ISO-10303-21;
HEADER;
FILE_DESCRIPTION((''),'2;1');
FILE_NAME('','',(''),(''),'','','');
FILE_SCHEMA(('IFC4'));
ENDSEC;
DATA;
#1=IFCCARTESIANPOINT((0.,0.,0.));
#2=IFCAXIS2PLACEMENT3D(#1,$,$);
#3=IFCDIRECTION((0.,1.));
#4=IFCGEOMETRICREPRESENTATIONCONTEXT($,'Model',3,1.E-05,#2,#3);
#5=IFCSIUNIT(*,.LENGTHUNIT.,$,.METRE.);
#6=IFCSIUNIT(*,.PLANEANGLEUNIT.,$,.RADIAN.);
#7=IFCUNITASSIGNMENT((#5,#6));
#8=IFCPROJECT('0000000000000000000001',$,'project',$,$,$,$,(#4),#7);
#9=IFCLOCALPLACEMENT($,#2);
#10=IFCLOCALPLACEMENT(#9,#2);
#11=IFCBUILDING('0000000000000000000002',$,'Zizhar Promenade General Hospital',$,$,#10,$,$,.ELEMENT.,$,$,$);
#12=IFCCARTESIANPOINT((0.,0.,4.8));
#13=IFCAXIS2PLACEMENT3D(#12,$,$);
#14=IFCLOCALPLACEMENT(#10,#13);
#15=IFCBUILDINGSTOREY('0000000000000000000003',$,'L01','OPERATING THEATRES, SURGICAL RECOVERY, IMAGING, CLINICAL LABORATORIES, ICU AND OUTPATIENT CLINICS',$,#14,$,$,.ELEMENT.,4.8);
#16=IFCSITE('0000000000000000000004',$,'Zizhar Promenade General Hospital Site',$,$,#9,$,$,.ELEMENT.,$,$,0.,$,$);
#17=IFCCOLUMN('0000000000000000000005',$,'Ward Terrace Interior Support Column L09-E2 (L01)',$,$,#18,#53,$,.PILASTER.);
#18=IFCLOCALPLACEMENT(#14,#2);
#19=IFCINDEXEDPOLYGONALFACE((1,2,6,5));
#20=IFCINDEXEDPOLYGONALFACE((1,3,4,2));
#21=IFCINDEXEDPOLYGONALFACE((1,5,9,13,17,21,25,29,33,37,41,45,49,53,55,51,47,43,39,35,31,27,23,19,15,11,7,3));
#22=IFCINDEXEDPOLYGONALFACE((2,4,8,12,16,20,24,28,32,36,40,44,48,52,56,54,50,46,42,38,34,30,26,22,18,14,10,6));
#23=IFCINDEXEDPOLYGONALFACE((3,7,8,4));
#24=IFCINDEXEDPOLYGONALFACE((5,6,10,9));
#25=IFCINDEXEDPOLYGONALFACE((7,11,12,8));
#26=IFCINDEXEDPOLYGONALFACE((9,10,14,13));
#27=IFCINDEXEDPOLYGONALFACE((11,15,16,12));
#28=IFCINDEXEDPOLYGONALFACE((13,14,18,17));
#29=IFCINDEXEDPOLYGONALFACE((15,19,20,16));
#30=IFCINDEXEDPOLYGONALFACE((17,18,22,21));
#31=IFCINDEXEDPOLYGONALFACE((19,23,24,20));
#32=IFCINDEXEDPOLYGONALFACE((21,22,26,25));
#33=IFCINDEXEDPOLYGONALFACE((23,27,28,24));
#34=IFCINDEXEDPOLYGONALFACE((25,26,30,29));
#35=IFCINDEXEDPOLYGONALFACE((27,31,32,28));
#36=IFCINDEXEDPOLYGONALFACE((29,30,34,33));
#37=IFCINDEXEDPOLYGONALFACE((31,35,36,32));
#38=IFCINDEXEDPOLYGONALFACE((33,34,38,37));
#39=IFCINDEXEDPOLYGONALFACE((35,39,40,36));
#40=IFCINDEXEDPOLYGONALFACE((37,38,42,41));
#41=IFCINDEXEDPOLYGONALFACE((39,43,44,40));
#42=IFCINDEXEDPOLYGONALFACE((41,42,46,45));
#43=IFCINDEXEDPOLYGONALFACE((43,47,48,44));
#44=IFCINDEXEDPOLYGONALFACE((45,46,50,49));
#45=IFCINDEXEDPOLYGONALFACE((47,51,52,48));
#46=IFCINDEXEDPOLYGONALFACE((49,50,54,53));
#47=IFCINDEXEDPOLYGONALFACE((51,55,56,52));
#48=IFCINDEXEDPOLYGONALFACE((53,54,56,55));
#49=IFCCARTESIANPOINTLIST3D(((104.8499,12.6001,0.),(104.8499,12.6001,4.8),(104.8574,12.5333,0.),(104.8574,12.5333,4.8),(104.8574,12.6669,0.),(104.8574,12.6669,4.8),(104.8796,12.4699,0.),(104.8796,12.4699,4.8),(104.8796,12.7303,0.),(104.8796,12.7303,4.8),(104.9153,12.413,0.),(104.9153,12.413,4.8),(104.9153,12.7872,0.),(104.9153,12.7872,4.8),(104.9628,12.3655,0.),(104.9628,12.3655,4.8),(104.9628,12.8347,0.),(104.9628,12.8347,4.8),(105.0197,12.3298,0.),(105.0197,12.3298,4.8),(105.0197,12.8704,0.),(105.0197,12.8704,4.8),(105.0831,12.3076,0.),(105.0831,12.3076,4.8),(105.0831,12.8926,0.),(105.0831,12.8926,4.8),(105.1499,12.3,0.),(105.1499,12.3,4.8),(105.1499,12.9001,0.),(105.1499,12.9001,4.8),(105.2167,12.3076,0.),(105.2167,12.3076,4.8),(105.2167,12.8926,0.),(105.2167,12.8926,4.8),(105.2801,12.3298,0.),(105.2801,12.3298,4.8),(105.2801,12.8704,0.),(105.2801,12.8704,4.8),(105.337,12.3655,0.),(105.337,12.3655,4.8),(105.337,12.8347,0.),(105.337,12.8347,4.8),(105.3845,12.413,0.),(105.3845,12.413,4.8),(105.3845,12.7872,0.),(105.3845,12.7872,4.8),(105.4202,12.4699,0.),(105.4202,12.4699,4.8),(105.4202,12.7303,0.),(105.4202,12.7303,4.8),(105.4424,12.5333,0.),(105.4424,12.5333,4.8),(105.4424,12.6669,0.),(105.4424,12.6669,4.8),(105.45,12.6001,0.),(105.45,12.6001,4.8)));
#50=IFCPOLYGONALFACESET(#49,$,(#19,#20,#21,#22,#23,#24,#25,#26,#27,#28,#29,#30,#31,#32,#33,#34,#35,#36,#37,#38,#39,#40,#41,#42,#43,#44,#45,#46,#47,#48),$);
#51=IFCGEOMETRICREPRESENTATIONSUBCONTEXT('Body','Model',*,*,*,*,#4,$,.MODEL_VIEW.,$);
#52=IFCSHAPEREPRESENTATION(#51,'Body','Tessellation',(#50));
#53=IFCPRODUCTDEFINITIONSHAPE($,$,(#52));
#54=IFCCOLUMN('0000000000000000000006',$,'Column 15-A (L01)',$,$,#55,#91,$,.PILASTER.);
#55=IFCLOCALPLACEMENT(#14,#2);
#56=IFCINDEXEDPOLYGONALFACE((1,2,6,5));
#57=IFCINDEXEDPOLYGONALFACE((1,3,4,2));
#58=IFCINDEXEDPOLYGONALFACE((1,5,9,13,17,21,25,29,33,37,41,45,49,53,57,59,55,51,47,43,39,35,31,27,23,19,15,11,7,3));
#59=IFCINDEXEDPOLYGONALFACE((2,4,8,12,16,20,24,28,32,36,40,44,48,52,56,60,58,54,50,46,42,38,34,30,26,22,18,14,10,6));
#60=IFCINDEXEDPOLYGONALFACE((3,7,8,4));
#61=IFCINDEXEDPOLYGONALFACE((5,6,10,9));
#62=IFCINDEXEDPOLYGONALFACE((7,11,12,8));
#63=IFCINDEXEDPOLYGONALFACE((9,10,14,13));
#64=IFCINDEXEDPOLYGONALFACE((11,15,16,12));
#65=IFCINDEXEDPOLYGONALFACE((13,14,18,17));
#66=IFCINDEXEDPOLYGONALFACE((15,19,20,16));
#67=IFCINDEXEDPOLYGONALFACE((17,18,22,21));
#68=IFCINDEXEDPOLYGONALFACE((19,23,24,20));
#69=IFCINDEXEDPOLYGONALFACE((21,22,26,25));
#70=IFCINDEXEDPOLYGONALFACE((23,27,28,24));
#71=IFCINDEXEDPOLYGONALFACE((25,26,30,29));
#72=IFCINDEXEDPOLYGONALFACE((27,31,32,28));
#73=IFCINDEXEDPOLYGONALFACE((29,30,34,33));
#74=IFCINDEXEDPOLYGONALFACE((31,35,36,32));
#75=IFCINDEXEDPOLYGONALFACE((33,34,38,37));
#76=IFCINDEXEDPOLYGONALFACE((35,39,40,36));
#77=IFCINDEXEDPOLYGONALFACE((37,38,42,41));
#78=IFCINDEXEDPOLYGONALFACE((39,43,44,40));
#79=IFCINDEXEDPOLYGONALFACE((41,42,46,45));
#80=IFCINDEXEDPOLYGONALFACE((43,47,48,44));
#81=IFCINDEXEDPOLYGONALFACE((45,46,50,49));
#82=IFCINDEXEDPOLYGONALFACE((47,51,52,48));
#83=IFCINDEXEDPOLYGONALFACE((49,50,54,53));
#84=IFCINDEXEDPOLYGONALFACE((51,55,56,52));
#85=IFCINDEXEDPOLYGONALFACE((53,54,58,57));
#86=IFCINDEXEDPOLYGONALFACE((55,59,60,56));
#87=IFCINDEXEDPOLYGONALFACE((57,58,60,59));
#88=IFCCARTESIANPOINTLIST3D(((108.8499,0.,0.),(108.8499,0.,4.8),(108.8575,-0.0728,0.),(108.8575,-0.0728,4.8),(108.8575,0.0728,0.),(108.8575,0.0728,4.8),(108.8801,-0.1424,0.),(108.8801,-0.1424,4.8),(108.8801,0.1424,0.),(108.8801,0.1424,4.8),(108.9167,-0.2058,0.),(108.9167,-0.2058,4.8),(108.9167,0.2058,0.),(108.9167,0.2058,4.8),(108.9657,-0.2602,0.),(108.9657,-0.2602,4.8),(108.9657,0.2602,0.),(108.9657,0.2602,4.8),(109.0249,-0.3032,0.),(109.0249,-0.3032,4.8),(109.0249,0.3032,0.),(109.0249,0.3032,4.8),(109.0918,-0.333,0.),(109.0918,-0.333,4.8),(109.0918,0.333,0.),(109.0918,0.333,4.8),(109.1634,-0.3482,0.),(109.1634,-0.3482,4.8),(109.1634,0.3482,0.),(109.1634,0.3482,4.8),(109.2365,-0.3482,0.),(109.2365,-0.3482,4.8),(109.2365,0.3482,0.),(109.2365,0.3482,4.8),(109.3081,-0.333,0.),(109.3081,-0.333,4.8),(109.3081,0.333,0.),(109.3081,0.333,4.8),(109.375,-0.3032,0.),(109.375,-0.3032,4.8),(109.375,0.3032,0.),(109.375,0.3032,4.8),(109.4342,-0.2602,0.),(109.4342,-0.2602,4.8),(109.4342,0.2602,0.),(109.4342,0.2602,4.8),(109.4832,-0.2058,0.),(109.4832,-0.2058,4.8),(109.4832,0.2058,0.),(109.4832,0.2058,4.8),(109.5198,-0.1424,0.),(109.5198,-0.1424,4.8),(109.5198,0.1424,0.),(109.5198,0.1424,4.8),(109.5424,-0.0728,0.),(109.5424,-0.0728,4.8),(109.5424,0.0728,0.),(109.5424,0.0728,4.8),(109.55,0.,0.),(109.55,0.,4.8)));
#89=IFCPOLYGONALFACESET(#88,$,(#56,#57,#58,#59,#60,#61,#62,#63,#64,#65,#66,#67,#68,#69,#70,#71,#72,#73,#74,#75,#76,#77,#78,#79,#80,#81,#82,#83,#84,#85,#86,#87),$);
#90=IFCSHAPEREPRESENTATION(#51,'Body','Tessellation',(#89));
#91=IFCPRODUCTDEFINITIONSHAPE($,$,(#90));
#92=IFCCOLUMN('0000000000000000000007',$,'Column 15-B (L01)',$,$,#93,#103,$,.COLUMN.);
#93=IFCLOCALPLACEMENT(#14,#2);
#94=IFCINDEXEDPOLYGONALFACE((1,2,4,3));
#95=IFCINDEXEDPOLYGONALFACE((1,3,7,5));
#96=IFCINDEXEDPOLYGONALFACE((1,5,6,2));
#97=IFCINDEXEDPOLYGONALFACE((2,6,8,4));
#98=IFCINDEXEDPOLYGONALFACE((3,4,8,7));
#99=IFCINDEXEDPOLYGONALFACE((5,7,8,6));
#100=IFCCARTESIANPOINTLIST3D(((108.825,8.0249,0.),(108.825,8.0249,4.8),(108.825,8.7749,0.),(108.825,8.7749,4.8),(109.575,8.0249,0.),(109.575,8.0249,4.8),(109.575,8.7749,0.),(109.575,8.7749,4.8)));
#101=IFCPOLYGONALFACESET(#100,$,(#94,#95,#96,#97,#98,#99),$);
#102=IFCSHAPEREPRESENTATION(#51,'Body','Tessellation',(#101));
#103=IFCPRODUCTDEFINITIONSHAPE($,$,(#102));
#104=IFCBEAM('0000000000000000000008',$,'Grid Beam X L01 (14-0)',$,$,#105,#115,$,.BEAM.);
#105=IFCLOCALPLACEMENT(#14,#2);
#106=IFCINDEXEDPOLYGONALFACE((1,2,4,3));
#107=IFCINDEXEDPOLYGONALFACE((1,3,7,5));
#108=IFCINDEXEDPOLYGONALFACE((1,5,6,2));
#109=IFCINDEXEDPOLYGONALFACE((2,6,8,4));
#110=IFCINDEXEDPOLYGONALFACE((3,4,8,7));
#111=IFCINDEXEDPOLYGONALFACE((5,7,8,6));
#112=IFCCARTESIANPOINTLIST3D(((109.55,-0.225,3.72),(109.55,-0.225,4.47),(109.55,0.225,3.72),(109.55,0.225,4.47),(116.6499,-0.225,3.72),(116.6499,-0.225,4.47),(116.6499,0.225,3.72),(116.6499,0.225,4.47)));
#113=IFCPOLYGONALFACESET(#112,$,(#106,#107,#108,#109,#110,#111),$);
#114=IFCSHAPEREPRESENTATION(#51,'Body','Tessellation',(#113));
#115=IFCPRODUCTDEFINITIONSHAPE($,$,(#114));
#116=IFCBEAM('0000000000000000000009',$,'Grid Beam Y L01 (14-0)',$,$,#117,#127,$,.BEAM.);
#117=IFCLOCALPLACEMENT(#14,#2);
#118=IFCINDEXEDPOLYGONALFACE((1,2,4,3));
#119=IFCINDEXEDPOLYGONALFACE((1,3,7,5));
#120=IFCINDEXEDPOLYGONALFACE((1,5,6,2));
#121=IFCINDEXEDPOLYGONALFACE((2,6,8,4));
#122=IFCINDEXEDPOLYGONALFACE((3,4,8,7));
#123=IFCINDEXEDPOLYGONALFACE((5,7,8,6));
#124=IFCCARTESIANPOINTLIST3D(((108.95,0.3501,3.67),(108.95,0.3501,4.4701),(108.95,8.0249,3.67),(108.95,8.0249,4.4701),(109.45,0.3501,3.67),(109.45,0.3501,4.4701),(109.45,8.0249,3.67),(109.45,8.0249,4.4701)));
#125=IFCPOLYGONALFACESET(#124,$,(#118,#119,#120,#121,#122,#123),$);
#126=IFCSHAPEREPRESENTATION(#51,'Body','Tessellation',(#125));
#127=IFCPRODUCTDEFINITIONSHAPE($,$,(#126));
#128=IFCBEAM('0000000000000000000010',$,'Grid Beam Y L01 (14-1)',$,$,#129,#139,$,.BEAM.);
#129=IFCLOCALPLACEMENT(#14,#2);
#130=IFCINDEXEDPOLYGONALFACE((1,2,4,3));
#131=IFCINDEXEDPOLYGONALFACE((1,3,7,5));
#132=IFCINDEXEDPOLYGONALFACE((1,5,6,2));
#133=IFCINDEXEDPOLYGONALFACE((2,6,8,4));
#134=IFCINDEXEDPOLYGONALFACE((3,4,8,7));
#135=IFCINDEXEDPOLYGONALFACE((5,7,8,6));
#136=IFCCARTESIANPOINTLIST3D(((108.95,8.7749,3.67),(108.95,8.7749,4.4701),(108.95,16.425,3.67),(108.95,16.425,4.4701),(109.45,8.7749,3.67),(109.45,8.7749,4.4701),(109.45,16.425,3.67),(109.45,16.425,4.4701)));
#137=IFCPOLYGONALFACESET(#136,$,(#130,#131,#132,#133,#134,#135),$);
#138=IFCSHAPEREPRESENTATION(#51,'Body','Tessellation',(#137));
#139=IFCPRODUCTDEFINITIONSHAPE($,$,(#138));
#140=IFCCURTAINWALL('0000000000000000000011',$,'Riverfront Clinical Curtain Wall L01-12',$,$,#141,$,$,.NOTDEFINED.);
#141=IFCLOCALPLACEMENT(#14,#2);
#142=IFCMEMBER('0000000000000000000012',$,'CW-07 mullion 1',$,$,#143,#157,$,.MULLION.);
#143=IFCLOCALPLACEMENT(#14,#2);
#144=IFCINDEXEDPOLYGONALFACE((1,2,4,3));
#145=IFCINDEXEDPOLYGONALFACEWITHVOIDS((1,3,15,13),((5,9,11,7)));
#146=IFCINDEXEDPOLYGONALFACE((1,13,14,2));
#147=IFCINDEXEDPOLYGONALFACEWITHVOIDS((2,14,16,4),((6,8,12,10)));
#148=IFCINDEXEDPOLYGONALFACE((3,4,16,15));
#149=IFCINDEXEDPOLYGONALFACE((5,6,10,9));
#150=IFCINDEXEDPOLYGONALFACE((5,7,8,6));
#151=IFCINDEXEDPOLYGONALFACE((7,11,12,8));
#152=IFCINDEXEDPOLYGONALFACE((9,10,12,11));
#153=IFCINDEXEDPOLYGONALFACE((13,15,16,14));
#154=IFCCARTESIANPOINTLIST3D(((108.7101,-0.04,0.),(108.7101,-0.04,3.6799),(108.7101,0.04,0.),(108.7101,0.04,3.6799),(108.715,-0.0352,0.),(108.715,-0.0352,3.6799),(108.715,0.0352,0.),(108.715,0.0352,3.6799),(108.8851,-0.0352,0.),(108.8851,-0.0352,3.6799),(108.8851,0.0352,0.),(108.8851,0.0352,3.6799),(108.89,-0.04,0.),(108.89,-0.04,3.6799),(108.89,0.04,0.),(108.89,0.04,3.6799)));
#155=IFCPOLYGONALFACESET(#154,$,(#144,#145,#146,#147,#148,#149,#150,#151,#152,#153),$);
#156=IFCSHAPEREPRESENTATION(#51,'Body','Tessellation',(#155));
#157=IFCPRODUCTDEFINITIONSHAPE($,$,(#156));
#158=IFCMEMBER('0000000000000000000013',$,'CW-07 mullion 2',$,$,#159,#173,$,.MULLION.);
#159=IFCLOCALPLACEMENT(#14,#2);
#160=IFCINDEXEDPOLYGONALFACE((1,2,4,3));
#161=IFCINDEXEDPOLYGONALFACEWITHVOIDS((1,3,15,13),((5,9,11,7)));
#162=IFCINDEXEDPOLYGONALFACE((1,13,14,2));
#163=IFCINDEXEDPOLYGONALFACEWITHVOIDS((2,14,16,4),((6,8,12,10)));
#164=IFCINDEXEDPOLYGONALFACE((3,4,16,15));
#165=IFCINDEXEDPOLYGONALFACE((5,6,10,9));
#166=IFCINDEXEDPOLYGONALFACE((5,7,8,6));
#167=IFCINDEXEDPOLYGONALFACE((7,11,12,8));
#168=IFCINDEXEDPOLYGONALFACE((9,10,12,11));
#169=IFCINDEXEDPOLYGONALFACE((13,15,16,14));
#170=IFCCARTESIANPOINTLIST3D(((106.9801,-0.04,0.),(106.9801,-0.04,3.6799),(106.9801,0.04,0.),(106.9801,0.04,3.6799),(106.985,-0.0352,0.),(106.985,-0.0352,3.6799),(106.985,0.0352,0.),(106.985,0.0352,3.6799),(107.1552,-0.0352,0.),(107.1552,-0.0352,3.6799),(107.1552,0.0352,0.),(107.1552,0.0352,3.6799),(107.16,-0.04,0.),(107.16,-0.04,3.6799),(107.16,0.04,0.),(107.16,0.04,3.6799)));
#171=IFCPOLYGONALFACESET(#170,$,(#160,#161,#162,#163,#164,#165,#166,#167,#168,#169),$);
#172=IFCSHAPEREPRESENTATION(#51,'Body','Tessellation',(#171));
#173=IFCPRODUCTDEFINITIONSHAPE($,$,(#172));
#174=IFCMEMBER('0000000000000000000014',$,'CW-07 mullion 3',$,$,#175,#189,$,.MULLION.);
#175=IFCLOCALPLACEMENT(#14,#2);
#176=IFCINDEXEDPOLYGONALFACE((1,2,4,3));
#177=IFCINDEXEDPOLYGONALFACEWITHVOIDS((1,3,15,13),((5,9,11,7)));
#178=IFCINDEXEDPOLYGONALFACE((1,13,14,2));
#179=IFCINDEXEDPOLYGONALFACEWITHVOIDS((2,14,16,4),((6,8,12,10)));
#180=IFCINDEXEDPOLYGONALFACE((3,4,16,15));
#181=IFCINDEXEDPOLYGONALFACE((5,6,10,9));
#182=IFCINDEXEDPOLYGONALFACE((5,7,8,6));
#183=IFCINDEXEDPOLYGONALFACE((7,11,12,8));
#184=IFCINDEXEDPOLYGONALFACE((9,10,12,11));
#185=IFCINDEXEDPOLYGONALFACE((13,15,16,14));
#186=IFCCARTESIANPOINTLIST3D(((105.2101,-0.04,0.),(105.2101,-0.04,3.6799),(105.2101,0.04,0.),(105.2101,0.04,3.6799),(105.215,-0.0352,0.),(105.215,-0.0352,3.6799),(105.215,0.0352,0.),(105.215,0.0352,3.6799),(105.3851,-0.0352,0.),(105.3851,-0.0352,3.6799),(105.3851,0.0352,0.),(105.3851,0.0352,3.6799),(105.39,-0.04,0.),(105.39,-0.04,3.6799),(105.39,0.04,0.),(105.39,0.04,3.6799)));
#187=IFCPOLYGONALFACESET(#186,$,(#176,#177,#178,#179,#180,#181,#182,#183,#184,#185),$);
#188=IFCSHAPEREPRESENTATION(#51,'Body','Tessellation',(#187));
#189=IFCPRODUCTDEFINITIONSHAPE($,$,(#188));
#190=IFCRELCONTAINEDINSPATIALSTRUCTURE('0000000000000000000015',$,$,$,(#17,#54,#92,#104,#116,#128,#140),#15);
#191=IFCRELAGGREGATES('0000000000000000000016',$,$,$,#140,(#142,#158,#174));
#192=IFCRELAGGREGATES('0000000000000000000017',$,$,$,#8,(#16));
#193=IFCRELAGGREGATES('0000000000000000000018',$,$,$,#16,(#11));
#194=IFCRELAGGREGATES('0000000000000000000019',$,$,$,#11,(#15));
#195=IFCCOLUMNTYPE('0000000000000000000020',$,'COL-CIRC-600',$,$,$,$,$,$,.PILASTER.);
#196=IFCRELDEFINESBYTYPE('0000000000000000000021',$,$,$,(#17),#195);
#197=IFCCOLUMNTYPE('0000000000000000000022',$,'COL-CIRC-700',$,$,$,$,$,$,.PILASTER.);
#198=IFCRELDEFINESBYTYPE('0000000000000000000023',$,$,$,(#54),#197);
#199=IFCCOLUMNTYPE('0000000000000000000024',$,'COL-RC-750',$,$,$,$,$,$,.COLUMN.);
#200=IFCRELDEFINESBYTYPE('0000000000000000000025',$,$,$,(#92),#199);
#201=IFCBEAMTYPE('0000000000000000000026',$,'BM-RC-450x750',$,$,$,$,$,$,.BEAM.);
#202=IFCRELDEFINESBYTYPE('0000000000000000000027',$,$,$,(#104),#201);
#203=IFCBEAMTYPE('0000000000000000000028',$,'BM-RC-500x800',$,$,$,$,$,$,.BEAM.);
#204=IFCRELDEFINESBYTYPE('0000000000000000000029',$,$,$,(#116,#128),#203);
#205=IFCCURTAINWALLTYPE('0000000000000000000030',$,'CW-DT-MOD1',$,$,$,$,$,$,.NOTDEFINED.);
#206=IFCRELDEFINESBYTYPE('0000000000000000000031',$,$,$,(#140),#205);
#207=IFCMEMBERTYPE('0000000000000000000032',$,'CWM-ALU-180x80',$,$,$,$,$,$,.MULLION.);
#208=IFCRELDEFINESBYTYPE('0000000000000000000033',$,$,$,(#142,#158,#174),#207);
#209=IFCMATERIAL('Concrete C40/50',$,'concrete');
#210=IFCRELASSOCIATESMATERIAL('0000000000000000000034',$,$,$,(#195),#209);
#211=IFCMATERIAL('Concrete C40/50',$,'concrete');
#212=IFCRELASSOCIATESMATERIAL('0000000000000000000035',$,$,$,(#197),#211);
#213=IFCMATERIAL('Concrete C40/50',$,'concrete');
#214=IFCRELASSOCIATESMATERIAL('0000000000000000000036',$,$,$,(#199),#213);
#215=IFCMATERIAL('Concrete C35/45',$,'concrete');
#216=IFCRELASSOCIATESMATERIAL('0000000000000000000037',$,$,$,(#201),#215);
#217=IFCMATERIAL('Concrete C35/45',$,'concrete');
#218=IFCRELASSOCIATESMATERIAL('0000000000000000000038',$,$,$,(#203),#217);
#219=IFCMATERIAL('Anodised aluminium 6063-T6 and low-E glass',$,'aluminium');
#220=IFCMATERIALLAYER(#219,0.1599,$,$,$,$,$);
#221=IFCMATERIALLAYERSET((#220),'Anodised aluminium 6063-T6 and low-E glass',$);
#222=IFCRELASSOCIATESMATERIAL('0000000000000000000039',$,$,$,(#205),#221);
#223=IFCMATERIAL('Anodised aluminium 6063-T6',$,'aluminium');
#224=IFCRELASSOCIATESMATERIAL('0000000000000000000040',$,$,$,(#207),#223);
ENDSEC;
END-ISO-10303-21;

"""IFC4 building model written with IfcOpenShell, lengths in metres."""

from ifc_helpers import new_model, si_unit, direction, frame, origin, origin_2d, place, context, subcontext, project, spatial, rectangle, hollow_rectangle, circle, extrude, material, layer, layer_set, material_profile, profile_set, type_object, element, aggregate, save


model = new_model("IFC4")

# Units and contexts
model_context = context("Model", 3, precision=1e-05, world=origin(), true_north=direction((0.0, 1.0)))
body_context = subcontext(model_context, "Body", "Model", "MODEL_VIEW")
ifc_project = project(units=[si_unit("LENGTHUNIT", "METRE"), si_unit("PLANEANGLEUNIT", "RADIAN")], contexts=[model_context])

# Site, building, storey
site_placement = place(None, origin())
site = spatial("IfcSite", under=ifc_project, at=site_placement, Name="Zizhar Promenade General Hospital Site", CompositionType="ELEMENT", RefElevation=0.0)
building_placement = place(site_placement, origin())
building = spatial("IfcBuilding", under=site, at=building_placement, Name="Zizhar Promenade General Hospital", CompositionType="ELEMENT")
storey_placement = place(building_placement, frame((0.0, 0.0, 4.8)))
storey = spatial("IfcBuildingStorey", under=building, at=storey_placement, Name="L01", Description="OPERATING THEATRES, SURGICAL RECOVERY, IMAGING, CLINICAL LABORATORIES, ICU AND OUTPATIENT CLINICS", CompositionType="ELEMENT", Elevation=4.8)

# Columns
ifc_material_1 = material(Name="Concrete C40/50", Category="concrete")
ifc_material_profile_1 = material_profile(ifc_material_1, circle(Radius=0.3, at=origin_2d()))
ifc_profile_set_1 = profile_set([ifc_material_profile_1], Name="Concrete C40/50")
column_type_1 = type_object("IfcColumnType", Name="COL-CIRC-600", PredefinedType="PILASTER", material=ifc_profile_set_1)
column_1_placement = place(storey_placement, frame((105.1499, 12.6001, 0.0), z_axis=(0.0, 0.0, 1.0), x_axis=(1.0, 0.0, 0.0)))
element("IfcColumn", 1, at=column_1_placement, inside=storey, type_object=column_type_1, Name="Ward Terrace Interior Support Column L09-E2 (L01)", PredefinedType="PILASTER", context=body_context, shape_type="SweptSolid", body=[
    extrude(circle(Radius=0.3, at=origin_2d()), origin(), (0.0, 0.0, 1.0), 4.8),
])
ifc_material_2 = material(Name="Concrete C40/50", Category="concrete")
ifc_material_profile_2 = material_profile(ifc_material_2, circle(Radius=0.3501, at=origin_2d()))
ifc_profile_set_2 = profile_set([ifc_material_profile_2], Name="Concrete C40/50")
column_type_2 = type_object("IfcColumnType", Name="COL-CIRC-700", PredefinedType="PILASTER", material=ifc_profile_set_2)
column_2_placement = place(storey_placement, frame((109.2, 0.0, 0.0), z_axis=(0.0, 0.0, 1.0), x_axis=(1.0, 0.0, 0.0)))
element("IfcColumn", 2, at=column_2_placement, inside=storey, type_object=column_type_2, Name="Column 15-A (L01)", PredefinedType="PILASTER", context=body_context, shape_type="SweptSolid", body=[
    extrude(circle(Radius=0.3501, at=origin_2d()), origin(), (0.0, 0.0, 1.0), 4.8),
])
ifc_material_3 = material(Name="Concrete C40/50", Category="concrete")
ifc_material_profile_3 = material_profile(ifc_material_3, rectangle(XDim=0.75, YDim=0.75, at=origin_2d()))
ifc_profile_set_3 = profile_set([ifc_material_profile_3], Name="Concrete C40/50")
column_type_3 = type_object("IfcColumnType", Name="COL-RC-750", PredefinedType="COLUMN", material=ifc_profile_set_3)
column_3_placement = place(storey_placement, frame((109.2, 8.3999, 0.0), z_axis=(0.0, 0.0, 1.0), x_axis=(1.0, 0.0, 0.0)))
element("IfcColumn", 3, at=column_3_placement, inside=storey, type_object=column_type_3, Name="Column 15-B (L01)", PredefinedType="COLUMN", context=body_context, shape_type="SweptSolid", body=[
    extrude(rectangle(XDim=0.75, YDim=0.75, at=origin_2d()), origin(), (0.0, 0.0, 1.0), 4.8),
])

# Beams
ifc_material_4 = material(Name="Concrete C35/45", Category="concrete")
ifc_material_profile_4 = material_profile(ifc_material_4, rectangle(XDim=0.45, YDim=0.75, at=origin_2d()))
ifc_profile_set_4 = profile_set([ifc_material_profile_4], Name="Concrete C35/45")
beam_type_1 = type_object("IfcBeamType", Name="BM-RC-450x750", PredefinedType="BEAM", material=ifc_profile_set_4)
beam_1_placement = place(storey_placement, frame((109.55, 0.0, 4.095), z_axis=(1.0, 0.0, 0.0), x_axis=(0.0, 1.0, 0.0)))
element("IfcBeam", 4, at=beam_1_placement, inside=storey, type_object=beam_type_1, Name="Grid Beam X L01 (14-0)", PredefinedType="BEAM", context=body_context, shape_type="SweptSolid", body=[
    extrude(rectangle(XDim=0.45, YDim=0.75, at=origin_2d()), origin(), (0.0, 0.0, 1.0), 7.0999),
])
ifc_material_5 = material(Name="Concrete C35/45", Category="concrete")
ifc_material_profile_5 = material_profile(ifc_material_5, rectangle(XDim=0.5, YDim=0.8, at=origin_2d()))
ifc_profile_set_5 = profile_set([ifc_material_profile_5], Name="Concrete C35/45")
beam_type_2 = type_object("IfcBeamType", Name="BM-RC-500x800", PredefinedType="BEAM", material=ifc_profile_set_5)
beam_2_placement = place(storey_placement, frame((109.2, 0.3501, 4.0701), z_axis=(0.0, 1.0, 0.0), x_axis=(-1.0, 0.0, 0.0)))
element("IfcBeam", 5, at=beam_2_placement, inside=storey, type_object=beam_type_2, Name="Grid Beam Y L01 (14-0)", PredefinedType="BEAM", context=body_context, shape_type="SweptSolid", body=[
    extrude(rectangle(XDim=0.5, YDim=0.8, at=origin_2d()), origin(), (0.0, 0.0, 1.0), 7.6748),
])
beam_3_placement = place(storey_placement, frame((109.2, 8.7749, 4.0701), z_axis=(0.0, 1.0, 0.0), x_axis=(-1.0, 0.0, 0.0)))
element("IfcBeam", 6, at=beam_3_placement, inside=storey, type_object=beam_type_2, Name="Grid Beam Y L01 (14-1)", PredefinedType="BEAM", context=body_context, shape_type="SweptSolid", body=[
    extrude(rectangle(XDim=0.5, YDim=0.8, at=origin_2d()), origin(), (0.0, 0.0, 1.0), 7.6501),
])

# Curtain wall, members
ifc_material_6 = material(Name="Anodised aluminium 6063-T6 and low-E glass", Category="aluminium")
ifc_layer_1 = layer(ifc_material_6, 0.1599)
ifc_layer_set_1 = layer_set([ifc_layer_1], Name="Anodised aluminium 6063-T6 and low-E glass")
curtain_wall_type = type_object("IfcCurtainWallType", Name="CW-DT-MOD1", PredefinedType="NOTDEFINED", material=ifc_layer_set_1)
curtain_wall_placement = place(storey_placement, origin())
curtain_wall = element("IfcCurtainWall", 7, at=curtain_wall_placement, inside=storey, type_object=curtain_wall_type, Name="Riverfront Clinical Curtain Wall L01-12", PredefinedType="NOTDEFINED")
ifc_material_7 = material(Name="Anodised aluminium 6063-T6", Category="aluminium")
ifc_material_profile_6 = material_profile(ifc_material_7, hollow_rectangle(XDim=0.0801, YDim=0.1799, WallThickness=0.0049, at=origin_2d()))
ifc_profile_set_6 = profile_set([ifc_material_profile_6], Name="Anodised aluminium 6063-T6")
member_type_1 = type_object("IfcMemberType", Name="CWM-ALU-180x80", PredefinedType="MULLION", material=ifc_profile_set_6)
member_1_placement = place(storey_placement, frame((108.8, 0.0, 0.0), z_axis=(0.0, 0.0, 1.0), x_axis=(0.0, -1.0, 0.0)))
member_1 = element("IfcMember", 8, at=member_1_placement, type_object=member_type_1, Name="CW-07 mullion 1", PredefinedType="MULLION", context=body_context, shape_type="SweptSolid", body=[
    extrude(hollow_rectangle(XDim=0.0801, YDim=0.1799, WallThickness=0.0049, at=origin_2d()), origin(), (0.0, 0.0, 1.0), 3.6799),
])
member_2_placement = place(storey_placement, frame((107.0701, 0.0, 0.0), z_axis=(0.0, 0.0, 1.0), x_axis=(0.0, -1.0, 0.0)))
member_2 = element("IfcMember", 9, at=member_2_placement, type_object=member_type_1, Name="CW-07 mullion 2", PredefinedType="MULLION", context=body_context, shape_type="SweptSolid", body=[
    extrude(hollow_rectangle(XDim=0.0801, YDim=0.1799, WallThickness=0.0049, at=origin_2d()), origin(), (0.0, 0.0, 1.0), 3.6799),
])
member_3_placement = place(storey_placement, frame((105.3, 0.0, 0.0), z_axis=(0.0, 0.0, 1.0), x_axis=(0.0, -1.0, 0.0)))
member_3 = element("IfcMember", 10, at=member_3_placement, type_object=member_type_1, Name="CW-07 mullion 3", PredefinedType="MULLION", context=body_context, shape_type="SweptSolid", body=[
    extrude(hollow_rectangle(XDim=0.0801, YDim=0.1799, WallThickness=0.0049, at=origin_2d()), origin(), (0.0, 0.0, 1.0), 3.6799),
])
aggregate(curtain_wall, [member_1, member_2, member_3])

save(model, "model.ifc")
